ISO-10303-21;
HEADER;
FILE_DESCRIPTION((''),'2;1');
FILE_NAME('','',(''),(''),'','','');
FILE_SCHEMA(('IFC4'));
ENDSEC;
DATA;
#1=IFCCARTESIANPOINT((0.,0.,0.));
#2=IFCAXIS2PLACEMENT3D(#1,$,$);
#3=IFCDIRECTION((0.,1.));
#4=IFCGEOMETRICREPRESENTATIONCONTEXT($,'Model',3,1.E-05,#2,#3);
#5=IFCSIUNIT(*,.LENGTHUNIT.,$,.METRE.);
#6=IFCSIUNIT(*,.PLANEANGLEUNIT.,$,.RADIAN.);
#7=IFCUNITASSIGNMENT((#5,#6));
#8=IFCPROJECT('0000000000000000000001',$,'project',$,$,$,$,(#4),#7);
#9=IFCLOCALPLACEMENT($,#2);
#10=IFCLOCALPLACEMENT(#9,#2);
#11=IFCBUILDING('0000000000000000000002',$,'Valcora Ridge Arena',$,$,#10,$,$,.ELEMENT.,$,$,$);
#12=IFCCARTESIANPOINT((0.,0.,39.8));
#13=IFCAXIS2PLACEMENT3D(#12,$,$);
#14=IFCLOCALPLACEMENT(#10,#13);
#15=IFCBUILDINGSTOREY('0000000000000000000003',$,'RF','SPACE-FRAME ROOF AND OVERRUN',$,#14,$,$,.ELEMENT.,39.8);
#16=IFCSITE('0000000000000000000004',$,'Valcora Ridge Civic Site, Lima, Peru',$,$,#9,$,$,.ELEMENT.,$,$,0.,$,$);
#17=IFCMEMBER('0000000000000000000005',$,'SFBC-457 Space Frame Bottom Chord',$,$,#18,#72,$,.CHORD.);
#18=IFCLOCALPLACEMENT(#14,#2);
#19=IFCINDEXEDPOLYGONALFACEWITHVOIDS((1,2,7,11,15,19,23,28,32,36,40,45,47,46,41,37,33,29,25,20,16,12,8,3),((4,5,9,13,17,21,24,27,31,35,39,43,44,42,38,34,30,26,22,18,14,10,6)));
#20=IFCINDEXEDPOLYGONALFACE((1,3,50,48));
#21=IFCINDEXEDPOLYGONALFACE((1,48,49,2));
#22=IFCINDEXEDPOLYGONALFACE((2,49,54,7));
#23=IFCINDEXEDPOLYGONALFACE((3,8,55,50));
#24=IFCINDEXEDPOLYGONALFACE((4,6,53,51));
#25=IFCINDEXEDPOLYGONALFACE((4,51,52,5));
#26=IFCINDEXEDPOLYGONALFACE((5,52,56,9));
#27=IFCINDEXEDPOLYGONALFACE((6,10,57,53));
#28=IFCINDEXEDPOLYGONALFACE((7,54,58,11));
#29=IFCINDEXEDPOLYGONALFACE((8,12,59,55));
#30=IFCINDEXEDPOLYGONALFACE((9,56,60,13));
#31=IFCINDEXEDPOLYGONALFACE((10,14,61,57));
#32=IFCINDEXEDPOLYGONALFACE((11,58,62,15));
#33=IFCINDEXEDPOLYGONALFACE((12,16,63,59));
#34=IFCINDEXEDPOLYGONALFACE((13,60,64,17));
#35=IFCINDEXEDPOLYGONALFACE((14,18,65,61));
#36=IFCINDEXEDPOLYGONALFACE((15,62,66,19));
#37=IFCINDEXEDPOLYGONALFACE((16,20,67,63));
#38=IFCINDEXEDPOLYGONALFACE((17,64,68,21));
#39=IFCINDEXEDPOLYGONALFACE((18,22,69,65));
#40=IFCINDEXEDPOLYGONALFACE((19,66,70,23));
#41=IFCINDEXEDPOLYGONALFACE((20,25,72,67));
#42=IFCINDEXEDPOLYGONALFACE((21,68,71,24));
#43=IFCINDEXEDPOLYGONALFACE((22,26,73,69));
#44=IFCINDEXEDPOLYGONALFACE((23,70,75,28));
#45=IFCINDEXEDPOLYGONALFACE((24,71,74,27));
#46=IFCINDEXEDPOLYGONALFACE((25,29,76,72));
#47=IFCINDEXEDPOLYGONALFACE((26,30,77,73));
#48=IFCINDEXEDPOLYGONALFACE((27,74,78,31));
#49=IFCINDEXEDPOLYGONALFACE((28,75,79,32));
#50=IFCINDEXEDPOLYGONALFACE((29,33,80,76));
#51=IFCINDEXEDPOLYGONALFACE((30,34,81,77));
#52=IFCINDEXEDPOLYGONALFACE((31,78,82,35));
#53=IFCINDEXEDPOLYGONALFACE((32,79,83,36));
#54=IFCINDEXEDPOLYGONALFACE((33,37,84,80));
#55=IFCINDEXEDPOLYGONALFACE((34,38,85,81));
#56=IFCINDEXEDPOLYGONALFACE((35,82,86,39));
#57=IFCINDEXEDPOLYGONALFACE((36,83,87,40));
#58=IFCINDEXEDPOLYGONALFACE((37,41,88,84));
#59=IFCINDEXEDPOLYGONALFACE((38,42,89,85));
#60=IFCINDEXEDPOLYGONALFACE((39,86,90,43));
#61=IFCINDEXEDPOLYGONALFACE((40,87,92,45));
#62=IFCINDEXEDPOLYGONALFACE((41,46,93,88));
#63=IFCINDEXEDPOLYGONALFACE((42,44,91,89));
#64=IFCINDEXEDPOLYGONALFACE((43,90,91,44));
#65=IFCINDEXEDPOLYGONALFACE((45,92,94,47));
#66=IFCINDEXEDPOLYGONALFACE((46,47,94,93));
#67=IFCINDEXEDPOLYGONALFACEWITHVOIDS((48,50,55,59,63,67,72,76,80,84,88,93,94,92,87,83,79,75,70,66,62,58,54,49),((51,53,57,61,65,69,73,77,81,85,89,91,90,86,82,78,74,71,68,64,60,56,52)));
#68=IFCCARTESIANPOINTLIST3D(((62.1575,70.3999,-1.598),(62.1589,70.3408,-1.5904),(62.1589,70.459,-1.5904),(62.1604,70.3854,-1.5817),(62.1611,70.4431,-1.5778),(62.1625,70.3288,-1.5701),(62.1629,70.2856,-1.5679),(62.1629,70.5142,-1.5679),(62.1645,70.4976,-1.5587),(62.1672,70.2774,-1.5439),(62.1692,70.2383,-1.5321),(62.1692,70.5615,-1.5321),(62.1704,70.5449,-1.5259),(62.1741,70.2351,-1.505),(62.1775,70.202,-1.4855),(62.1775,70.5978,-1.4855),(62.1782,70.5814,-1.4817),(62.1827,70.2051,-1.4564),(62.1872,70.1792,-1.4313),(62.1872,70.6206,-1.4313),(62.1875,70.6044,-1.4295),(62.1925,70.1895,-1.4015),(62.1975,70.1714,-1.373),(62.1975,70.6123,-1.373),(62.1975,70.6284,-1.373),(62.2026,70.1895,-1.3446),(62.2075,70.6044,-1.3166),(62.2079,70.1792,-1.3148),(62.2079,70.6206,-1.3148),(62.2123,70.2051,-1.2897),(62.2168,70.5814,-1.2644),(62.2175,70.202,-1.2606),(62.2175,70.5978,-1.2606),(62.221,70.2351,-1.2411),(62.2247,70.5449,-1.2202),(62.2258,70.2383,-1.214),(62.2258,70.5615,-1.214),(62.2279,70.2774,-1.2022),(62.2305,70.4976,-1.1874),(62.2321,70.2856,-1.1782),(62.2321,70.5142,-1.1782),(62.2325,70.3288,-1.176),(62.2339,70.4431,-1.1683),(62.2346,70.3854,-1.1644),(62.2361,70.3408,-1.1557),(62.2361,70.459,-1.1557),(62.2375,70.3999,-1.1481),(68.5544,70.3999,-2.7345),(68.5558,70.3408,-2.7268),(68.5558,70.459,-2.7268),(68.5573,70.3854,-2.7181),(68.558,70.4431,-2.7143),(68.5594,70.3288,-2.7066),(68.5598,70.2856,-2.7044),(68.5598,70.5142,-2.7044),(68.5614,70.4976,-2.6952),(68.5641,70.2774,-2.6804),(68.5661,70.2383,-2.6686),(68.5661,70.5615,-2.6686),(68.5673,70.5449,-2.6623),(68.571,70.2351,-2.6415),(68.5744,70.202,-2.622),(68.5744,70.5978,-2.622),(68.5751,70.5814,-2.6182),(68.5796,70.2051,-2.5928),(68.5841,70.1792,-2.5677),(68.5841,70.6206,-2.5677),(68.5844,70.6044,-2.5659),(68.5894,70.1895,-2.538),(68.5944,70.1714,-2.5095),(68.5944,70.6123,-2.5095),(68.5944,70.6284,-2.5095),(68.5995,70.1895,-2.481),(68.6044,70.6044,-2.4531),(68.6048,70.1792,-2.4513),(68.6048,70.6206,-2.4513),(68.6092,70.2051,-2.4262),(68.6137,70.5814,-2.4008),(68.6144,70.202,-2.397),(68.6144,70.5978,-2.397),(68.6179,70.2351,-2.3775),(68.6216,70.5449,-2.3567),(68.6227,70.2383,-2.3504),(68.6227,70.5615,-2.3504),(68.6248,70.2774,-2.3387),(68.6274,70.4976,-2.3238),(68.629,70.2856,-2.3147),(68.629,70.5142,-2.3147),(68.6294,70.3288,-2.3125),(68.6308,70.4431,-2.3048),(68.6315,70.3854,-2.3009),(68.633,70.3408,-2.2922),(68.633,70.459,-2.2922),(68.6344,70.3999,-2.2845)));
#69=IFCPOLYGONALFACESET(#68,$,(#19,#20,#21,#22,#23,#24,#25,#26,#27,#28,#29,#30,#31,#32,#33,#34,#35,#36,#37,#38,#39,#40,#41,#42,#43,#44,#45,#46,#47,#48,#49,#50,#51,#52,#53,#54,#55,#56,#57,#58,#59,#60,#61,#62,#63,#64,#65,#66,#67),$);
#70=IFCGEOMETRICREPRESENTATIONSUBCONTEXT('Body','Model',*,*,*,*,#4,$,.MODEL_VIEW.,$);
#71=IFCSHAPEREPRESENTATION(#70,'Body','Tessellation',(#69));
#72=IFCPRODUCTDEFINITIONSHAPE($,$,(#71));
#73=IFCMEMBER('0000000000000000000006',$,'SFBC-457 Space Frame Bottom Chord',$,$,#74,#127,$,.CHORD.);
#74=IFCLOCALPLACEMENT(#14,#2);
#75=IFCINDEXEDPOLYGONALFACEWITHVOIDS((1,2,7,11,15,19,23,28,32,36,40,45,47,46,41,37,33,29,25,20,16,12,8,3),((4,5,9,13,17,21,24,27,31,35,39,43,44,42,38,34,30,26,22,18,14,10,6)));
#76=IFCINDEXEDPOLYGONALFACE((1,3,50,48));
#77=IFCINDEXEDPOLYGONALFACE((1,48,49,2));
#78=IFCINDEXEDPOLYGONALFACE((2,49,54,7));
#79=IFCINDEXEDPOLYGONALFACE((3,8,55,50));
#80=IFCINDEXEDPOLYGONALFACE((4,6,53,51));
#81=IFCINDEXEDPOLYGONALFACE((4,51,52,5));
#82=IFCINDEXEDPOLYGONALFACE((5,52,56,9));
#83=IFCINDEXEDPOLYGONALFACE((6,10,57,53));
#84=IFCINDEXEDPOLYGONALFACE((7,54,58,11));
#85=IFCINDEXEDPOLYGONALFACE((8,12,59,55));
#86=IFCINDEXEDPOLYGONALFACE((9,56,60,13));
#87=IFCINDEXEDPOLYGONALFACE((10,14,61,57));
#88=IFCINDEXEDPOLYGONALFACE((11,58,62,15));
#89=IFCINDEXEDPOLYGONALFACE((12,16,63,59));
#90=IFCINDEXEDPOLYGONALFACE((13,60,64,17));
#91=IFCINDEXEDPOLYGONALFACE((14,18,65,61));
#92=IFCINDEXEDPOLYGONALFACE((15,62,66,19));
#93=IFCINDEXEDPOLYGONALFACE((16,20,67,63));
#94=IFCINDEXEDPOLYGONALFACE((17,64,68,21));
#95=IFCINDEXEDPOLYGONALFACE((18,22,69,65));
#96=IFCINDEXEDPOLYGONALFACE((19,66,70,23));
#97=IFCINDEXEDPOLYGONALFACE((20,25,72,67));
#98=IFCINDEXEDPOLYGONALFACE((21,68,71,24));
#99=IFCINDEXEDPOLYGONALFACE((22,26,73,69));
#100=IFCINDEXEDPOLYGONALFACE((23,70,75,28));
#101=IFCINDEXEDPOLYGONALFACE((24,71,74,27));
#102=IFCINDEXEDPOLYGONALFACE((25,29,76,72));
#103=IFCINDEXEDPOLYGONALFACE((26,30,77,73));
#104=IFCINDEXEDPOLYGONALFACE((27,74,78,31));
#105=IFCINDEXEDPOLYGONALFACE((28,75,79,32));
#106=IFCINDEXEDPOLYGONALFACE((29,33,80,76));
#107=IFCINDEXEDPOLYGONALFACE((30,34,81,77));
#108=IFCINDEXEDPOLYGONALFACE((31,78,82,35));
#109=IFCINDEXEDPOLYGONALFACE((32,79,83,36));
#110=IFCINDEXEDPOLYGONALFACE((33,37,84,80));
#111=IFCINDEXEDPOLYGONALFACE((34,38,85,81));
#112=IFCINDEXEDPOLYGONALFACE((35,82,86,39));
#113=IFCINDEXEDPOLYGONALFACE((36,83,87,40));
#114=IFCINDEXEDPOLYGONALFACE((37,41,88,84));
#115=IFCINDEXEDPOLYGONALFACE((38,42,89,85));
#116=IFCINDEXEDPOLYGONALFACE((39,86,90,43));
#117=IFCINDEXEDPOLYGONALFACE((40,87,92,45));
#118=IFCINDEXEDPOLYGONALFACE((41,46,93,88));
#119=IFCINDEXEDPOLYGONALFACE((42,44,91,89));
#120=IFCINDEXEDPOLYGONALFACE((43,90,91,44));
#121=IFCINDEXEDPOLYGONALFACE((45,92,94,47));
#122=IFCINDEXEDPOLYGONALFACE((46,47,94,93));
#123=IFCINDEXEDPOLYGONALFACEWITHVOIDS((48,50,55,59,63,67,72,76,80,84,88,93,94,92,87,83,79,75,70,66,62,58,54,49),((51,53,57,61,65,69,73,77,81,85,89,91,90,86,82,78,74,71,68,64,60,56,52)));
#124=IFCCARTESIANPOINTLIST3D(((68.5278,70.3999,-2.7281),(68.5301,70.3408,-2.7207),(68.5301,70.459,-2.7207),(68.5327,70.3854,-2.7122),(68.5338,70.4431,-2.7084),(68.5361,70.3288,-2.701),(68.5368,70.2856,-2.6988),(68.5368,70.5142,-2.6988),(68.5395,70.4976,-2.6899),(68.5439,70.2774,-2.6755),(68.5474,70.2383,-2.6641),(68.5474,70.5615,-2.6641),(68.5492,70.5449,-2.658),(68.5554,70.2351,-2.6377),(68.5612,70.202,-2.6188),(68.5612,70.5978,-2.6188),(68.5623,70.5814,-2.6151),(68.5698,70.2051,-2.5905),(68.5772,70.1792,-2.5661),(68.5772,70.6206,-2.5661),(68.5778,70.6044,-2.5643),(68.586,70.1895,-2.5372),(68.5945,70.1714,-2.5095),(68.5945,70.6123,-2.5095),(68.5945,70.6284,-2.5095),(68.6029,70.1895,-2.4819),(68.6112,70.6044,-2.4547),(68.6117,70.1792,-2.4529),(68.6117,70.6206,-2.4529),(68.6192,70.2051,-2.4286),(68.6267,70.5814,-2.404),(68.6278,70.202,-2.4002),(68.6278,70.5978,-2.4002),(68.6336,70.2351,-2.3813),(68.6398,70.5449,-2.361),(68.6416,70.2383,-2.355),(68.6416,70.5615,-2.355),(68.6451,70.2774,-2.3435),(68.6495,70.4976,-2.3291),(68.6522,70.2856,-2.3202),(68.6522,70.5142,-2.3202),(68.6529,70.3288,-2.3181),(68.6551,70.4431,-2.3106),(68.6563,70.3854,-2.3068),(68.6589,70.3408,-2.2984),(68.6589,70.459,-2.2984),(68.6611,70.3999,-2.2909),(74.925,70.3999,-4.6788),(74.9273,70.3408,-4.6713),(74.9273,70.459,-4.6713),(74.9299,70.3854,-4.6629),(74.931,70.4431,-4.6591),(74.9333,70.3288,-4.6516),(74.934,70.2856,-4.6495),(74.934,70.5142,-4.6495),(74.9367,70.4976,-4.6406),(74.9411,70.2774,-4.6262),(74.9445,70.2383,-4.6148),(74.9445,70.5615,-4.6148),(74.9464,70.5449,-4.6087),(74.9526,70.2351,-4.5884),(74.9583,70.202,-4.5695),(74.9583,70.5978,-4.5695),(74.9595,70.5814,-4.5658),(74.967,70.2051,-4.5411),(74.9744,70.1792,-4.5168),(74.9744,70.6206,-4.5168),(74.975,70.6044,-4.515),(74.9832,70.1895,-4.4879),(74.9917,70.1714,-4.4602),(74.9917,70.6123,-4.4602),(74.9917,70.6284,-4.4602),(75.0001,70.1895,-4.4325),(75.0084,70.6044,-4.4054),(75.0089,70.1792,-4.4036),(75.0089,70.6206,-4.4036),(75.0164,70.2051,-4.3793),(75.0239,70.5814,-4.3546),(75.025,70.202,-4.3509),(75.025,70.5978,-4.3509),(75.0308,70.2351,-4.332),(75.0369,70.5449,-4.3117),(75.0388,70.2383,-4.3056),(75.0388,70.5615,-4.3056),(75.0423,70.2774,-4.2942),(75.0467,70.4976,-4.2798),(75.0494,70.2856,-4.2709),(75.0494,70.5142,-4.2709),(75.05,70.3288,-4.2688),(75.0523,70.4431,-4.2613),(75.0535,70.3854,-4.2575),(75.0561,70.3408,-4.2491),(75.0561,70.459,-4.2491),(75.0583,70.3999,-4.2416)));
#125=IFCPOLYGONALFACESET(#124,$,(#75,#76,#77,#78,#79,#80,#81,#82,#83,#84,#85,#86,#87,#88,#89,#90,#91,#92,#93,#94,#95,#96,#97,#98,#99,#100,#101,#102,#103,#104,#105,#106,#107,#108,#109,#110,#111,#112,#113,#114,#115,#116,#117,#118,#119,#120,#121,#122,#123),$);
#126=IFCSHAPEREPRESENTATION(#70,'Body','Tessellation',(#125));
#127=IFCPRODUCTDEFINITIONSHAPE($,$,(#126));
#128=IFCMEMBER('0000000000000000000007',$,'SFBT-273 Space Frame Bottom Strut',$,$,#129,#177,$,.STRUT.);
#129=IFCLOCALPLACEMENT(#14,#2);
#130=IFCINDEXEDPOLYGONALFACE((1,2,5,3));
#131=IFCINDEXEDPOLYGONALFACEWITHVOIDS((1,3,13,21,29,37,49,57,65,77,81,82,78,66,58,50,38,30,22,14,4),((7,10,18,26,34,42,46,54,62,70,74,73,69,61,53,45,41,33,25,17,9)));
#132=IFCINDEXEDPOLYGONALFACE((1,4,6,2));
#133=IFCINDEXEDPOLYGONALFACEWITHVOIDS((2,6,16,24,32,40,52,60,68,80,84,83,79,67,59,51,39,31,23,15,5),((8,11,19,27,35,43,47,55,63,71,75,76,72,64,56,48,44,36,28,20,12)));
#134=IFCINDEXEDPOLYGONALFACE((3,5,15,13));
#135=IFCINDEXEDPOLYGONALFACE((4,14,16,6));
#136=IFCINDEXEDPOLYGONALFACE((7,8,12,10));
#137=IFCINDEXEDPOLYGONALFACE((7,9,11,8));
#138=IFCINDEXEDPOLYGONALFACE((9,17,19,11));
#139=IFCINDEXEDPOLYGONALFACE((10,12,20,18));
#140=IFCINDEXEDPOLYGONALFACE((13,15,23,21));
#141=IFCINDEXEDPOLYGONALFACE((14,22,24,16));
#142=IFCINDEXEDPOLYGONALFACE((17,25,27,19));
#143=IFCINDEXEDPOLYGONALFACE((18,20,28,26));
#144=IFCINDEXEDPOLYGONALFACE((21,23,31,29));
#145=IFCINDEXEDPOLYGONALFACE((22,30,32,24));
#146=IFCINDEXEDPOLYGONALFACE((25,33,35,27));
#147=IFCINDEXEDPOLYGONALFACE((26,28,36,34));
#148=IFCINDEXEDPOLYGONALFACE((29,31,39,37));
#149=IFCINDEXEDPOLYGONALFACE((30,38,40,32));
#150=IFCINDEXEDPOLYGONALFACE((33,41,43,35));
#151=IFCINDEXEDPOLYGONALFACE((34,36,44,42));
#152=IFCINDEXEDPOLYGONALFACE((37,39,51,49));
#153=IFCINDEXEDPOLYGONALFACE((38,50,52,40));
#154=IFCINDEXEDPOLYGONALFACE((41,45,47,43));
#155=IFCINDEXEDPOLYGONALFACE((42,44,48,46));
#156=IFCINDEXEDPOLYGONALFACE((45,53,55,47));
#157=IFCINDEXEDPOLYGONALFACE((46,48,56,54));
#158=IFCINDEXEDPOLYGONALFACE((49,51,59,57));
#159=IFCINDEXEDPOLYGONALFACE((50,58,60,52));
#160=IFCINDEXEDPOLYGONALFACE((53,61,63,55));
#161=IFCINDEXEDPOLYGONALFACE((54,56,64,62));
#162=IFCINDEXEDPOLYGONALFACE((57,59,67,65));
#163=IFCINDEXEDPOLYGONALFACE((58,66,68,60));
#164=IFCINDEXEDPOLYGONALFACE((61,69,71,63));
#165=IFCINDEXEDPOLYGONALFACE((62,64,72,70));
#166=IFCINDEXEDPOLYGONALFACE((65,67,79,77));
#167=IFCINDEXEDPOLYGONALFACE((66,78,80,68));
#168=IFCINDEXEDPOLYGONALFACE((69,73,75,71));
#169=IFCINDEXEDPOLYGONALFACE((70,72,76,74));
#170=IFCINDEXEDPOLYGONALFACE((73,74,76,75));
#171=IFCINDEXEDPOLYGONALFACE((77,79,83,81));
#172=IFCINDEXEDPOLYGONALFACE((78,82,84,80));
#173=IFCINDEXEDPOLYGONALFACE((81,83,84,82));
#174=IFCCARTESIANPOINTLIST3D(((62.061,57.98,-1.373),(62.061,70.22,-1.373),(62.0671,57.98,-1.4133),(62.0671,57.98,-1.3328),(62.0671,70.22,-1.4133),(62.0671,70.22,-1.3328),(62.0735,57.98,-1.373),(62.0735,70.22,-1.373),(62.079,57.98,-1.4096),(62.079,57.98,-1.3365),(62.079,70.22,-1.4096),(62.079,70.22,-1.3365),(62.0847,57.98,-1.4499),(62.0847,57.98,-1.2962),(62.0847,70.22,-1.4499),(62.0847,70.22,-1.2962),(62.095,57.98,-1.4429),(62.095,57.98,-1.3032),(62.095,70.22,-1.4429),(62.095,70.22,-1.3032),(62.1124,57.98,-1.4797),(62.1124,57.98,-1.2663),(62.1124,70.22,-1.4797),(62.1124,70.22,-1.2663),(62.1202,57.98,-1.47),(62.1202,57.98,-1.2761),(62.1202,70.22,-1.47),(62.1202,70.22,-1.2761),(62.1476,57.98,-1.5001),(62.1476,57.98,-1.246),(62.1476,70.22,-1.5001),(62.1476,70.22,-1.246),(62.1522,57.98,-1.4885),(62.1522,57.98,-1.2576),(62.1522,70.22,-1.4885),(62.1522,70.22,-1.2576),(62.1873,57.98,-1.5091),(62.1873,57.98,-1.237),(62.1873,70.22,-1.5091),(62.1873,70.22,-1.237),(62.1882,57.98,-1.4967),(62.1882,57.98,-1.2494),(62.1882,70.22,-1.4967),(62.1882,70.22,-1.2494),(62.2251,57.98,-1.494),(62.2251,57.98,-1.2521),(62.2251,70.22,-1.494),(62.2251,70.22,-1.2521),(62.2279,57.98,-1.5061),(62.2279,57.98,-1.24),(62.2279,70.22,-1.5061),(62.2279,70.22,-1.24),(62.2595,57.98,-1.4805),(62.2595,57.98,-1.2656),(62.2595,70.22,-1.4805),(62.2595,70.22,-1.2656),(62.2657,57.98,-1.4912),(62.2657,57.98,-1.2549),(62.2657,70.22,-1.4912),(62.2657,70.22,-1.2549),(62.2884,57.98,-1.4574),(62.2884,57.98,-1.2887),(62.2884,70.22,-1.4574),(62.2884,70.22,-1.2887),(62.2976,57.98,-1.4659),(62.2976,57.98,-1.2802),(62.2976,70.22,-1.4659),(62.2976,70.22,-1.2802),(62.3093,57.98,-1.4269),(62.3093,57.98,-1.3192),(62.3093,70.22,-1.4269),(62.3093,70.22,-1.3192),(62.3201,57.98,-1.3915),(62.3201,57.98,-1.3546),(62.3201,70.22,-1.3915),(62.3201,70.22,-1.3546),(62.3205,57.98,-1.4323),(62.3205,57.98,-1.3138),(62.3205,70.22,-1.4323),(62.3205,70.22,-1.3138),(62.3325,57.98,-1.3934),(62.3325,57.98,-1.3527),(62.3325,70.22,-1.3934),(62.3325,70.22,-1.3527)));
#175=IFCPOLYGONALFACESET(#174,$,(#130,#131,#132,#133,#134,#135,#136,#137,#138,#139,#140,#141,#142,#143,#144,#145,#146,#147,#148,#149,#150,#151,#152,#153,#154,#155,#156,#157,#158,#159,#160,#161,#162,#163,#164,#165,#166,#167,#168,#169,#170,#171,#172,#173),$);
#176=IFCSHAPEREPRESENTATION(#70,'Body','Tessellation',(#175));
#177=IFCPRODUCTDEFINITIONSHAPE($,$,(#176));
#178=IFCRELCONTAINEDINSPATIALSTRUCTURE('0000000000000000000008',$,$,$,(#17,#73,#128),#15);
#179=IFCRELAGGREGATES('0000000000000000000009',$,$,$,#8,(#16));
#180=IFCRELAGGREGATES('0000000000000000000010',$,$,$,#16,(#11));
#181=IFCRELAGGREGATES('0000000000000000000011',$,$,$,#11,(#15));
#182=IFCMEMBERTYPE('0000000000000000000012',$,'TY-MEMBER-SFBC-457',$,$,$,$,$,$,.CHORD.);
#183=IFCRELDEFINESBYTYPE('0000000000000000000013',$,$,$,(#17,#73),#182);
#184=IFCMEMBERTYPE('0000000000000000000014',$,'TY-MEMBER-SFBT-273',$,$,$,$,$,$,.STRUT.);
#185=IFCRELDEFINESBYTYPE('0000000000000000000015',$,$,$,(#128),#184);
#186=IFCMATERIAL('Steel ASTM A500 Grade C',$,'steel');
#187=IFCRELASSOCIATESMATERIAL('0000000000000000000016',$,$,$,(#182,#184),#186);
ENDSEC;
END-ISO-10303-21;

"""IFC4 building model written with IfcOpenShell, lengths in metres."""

from ifc_helpers import new_model, si_unit, direction, frame, origin, origin_2d, place, context, subcontext, project, spatial, hollow_circle, extrude, material, material_profile, profile_set, type_object, element, save


model = new_model("IFC4")

# Units and contexts
model_context = context("Model", 3, precision=1e-05, world=origin(), true_north=direction((0.0, 1.0)))
body_context = subcontext(model_context, "Body", "Model", "MODEL_VIEW")
ifc_project = project(units=[si_unit("LENGTHUNIT", "METRE"), si_unit("PLANEANGLEUNIT", "RADIAN")], contexts=[model_context])

# Site, building, storey
site_placement = place(None, origin())
site = spatial("IfcSite", under=ifc_project, at=site_placement, Name="Valcora Ridge Civic Site, Lima, Peru", CompositionType="ELEMENT", RefElevation=0.0)
building_placement = place(site_placement, origin())
building = spatial("IfcBuilding", under=site, at=building_placement, Name="Valcora Ridge Arena", CompositionType="ELEMENT")
storey_placement = place(building_placement, frame((0.0, 0.0, 39.8)))
storey = spatial("IfcBuildingStorey", under=building, at=storey_placement, Name="RF", Description="SPACE-FRAME ROOF AND OVERRUN", CompositionType="ELEMENT", Elevation=39.8)

# Members
ifc_material_1 = material(Name="Steel ASTM A500 Grade C", Category="steel")
ifc_material_profile_1 = material_profile(ifc_material_1, hollow_circle(Radius=0.2285, WallThickness=0.0161, at=origin_2d()), Name="CHS457X16")
ifc_profile_set_1 = profile_set([ifc_material_profile_1], Name="Steel ASTM A500 Grade C")
member_type_1 = type_object("IfcMemberType", Name="TY-MEMBER-SFBC-457", PredefinedType="CHORD", material=ifc_profile_set_1)
member_1_placement = place(storey_placement, frame((62.1975, 70.3999, -1.373), z_axis=(0.984583, 0.0, -0.174919), x_axis=(0.0, 1.0, 0.0)))
element("IfcMember", 1, at=member_1_placement, inside=storey, type_object=member_type_1, Name="SFBC-457 Space Frame Bottom Chord", PredefinedType="CHORD", context=body_context, shape_type="SweptSolid", body=[
    extrude(hollow_circle(Radius=0.2285, WallThickness=0.0161, at=origin_2d()), origin(), (0.0, 0.0, 1.0), 6.4971),
])
member_2_placement = place(storey_placement, frame((68.5945, 70.3999, -2.5095), z_axis=(0.956519, 0.0, -0.291669), x_axis=(0.0, 1.0, 0.0)))
element("IfcMember", 2, at=member_2_placement, inside=storey, type_object=member_type_1, Name="SFBC-457 Space Frame Bottom Chord", PredefinedType="CHORD", context=body_context, shape_type="SweptSolid", body=[
    extrude(hollow_circle(Radius=0.2285, WallThickness=0.0161, at=origin_2d()), origin(), (0.0, 0.0, 1.0), 6.688),
])
ifc_material_profile_2 = material_profile(ifc_material_1, hollow_circle(Radius=0.1365, WallThickness=0.0125, at=origin_2d()), Name="CHS273X12")
ifc_profile_set_2 = profile_set([ifc_material_profile_2], Name="Steel ASTM A500 Grade C")
member_type_2 = type_object("IfcMemberType", Name="TY-MEMBER-SFBT-273", PredefinedType="STRUT", material=ifc_profile_set_2)
member_3_placement = place(storey_placement, frame((62.1975, 57.98, -1.373), z_axis=(0.0, 1.0, 0.0), x_axis=(-1.0, 0.0, 0.0)))
element("IfcMember", 3, at=member_3_placement, inside=storey, type_object=member_type_2, Name="SFBT-273 Space Frame Bottom Strut", PredefinedType="STRUT", context=body_context, shape_type="SweptSolid", body=[
    extrude(hollow_circle(Radius=0.1365, WallThickness=0.0125, at=origin_2d()), origin(), (0.0, 0.0, 1.0), 12.24),
])

save(model, "model.ifc")
